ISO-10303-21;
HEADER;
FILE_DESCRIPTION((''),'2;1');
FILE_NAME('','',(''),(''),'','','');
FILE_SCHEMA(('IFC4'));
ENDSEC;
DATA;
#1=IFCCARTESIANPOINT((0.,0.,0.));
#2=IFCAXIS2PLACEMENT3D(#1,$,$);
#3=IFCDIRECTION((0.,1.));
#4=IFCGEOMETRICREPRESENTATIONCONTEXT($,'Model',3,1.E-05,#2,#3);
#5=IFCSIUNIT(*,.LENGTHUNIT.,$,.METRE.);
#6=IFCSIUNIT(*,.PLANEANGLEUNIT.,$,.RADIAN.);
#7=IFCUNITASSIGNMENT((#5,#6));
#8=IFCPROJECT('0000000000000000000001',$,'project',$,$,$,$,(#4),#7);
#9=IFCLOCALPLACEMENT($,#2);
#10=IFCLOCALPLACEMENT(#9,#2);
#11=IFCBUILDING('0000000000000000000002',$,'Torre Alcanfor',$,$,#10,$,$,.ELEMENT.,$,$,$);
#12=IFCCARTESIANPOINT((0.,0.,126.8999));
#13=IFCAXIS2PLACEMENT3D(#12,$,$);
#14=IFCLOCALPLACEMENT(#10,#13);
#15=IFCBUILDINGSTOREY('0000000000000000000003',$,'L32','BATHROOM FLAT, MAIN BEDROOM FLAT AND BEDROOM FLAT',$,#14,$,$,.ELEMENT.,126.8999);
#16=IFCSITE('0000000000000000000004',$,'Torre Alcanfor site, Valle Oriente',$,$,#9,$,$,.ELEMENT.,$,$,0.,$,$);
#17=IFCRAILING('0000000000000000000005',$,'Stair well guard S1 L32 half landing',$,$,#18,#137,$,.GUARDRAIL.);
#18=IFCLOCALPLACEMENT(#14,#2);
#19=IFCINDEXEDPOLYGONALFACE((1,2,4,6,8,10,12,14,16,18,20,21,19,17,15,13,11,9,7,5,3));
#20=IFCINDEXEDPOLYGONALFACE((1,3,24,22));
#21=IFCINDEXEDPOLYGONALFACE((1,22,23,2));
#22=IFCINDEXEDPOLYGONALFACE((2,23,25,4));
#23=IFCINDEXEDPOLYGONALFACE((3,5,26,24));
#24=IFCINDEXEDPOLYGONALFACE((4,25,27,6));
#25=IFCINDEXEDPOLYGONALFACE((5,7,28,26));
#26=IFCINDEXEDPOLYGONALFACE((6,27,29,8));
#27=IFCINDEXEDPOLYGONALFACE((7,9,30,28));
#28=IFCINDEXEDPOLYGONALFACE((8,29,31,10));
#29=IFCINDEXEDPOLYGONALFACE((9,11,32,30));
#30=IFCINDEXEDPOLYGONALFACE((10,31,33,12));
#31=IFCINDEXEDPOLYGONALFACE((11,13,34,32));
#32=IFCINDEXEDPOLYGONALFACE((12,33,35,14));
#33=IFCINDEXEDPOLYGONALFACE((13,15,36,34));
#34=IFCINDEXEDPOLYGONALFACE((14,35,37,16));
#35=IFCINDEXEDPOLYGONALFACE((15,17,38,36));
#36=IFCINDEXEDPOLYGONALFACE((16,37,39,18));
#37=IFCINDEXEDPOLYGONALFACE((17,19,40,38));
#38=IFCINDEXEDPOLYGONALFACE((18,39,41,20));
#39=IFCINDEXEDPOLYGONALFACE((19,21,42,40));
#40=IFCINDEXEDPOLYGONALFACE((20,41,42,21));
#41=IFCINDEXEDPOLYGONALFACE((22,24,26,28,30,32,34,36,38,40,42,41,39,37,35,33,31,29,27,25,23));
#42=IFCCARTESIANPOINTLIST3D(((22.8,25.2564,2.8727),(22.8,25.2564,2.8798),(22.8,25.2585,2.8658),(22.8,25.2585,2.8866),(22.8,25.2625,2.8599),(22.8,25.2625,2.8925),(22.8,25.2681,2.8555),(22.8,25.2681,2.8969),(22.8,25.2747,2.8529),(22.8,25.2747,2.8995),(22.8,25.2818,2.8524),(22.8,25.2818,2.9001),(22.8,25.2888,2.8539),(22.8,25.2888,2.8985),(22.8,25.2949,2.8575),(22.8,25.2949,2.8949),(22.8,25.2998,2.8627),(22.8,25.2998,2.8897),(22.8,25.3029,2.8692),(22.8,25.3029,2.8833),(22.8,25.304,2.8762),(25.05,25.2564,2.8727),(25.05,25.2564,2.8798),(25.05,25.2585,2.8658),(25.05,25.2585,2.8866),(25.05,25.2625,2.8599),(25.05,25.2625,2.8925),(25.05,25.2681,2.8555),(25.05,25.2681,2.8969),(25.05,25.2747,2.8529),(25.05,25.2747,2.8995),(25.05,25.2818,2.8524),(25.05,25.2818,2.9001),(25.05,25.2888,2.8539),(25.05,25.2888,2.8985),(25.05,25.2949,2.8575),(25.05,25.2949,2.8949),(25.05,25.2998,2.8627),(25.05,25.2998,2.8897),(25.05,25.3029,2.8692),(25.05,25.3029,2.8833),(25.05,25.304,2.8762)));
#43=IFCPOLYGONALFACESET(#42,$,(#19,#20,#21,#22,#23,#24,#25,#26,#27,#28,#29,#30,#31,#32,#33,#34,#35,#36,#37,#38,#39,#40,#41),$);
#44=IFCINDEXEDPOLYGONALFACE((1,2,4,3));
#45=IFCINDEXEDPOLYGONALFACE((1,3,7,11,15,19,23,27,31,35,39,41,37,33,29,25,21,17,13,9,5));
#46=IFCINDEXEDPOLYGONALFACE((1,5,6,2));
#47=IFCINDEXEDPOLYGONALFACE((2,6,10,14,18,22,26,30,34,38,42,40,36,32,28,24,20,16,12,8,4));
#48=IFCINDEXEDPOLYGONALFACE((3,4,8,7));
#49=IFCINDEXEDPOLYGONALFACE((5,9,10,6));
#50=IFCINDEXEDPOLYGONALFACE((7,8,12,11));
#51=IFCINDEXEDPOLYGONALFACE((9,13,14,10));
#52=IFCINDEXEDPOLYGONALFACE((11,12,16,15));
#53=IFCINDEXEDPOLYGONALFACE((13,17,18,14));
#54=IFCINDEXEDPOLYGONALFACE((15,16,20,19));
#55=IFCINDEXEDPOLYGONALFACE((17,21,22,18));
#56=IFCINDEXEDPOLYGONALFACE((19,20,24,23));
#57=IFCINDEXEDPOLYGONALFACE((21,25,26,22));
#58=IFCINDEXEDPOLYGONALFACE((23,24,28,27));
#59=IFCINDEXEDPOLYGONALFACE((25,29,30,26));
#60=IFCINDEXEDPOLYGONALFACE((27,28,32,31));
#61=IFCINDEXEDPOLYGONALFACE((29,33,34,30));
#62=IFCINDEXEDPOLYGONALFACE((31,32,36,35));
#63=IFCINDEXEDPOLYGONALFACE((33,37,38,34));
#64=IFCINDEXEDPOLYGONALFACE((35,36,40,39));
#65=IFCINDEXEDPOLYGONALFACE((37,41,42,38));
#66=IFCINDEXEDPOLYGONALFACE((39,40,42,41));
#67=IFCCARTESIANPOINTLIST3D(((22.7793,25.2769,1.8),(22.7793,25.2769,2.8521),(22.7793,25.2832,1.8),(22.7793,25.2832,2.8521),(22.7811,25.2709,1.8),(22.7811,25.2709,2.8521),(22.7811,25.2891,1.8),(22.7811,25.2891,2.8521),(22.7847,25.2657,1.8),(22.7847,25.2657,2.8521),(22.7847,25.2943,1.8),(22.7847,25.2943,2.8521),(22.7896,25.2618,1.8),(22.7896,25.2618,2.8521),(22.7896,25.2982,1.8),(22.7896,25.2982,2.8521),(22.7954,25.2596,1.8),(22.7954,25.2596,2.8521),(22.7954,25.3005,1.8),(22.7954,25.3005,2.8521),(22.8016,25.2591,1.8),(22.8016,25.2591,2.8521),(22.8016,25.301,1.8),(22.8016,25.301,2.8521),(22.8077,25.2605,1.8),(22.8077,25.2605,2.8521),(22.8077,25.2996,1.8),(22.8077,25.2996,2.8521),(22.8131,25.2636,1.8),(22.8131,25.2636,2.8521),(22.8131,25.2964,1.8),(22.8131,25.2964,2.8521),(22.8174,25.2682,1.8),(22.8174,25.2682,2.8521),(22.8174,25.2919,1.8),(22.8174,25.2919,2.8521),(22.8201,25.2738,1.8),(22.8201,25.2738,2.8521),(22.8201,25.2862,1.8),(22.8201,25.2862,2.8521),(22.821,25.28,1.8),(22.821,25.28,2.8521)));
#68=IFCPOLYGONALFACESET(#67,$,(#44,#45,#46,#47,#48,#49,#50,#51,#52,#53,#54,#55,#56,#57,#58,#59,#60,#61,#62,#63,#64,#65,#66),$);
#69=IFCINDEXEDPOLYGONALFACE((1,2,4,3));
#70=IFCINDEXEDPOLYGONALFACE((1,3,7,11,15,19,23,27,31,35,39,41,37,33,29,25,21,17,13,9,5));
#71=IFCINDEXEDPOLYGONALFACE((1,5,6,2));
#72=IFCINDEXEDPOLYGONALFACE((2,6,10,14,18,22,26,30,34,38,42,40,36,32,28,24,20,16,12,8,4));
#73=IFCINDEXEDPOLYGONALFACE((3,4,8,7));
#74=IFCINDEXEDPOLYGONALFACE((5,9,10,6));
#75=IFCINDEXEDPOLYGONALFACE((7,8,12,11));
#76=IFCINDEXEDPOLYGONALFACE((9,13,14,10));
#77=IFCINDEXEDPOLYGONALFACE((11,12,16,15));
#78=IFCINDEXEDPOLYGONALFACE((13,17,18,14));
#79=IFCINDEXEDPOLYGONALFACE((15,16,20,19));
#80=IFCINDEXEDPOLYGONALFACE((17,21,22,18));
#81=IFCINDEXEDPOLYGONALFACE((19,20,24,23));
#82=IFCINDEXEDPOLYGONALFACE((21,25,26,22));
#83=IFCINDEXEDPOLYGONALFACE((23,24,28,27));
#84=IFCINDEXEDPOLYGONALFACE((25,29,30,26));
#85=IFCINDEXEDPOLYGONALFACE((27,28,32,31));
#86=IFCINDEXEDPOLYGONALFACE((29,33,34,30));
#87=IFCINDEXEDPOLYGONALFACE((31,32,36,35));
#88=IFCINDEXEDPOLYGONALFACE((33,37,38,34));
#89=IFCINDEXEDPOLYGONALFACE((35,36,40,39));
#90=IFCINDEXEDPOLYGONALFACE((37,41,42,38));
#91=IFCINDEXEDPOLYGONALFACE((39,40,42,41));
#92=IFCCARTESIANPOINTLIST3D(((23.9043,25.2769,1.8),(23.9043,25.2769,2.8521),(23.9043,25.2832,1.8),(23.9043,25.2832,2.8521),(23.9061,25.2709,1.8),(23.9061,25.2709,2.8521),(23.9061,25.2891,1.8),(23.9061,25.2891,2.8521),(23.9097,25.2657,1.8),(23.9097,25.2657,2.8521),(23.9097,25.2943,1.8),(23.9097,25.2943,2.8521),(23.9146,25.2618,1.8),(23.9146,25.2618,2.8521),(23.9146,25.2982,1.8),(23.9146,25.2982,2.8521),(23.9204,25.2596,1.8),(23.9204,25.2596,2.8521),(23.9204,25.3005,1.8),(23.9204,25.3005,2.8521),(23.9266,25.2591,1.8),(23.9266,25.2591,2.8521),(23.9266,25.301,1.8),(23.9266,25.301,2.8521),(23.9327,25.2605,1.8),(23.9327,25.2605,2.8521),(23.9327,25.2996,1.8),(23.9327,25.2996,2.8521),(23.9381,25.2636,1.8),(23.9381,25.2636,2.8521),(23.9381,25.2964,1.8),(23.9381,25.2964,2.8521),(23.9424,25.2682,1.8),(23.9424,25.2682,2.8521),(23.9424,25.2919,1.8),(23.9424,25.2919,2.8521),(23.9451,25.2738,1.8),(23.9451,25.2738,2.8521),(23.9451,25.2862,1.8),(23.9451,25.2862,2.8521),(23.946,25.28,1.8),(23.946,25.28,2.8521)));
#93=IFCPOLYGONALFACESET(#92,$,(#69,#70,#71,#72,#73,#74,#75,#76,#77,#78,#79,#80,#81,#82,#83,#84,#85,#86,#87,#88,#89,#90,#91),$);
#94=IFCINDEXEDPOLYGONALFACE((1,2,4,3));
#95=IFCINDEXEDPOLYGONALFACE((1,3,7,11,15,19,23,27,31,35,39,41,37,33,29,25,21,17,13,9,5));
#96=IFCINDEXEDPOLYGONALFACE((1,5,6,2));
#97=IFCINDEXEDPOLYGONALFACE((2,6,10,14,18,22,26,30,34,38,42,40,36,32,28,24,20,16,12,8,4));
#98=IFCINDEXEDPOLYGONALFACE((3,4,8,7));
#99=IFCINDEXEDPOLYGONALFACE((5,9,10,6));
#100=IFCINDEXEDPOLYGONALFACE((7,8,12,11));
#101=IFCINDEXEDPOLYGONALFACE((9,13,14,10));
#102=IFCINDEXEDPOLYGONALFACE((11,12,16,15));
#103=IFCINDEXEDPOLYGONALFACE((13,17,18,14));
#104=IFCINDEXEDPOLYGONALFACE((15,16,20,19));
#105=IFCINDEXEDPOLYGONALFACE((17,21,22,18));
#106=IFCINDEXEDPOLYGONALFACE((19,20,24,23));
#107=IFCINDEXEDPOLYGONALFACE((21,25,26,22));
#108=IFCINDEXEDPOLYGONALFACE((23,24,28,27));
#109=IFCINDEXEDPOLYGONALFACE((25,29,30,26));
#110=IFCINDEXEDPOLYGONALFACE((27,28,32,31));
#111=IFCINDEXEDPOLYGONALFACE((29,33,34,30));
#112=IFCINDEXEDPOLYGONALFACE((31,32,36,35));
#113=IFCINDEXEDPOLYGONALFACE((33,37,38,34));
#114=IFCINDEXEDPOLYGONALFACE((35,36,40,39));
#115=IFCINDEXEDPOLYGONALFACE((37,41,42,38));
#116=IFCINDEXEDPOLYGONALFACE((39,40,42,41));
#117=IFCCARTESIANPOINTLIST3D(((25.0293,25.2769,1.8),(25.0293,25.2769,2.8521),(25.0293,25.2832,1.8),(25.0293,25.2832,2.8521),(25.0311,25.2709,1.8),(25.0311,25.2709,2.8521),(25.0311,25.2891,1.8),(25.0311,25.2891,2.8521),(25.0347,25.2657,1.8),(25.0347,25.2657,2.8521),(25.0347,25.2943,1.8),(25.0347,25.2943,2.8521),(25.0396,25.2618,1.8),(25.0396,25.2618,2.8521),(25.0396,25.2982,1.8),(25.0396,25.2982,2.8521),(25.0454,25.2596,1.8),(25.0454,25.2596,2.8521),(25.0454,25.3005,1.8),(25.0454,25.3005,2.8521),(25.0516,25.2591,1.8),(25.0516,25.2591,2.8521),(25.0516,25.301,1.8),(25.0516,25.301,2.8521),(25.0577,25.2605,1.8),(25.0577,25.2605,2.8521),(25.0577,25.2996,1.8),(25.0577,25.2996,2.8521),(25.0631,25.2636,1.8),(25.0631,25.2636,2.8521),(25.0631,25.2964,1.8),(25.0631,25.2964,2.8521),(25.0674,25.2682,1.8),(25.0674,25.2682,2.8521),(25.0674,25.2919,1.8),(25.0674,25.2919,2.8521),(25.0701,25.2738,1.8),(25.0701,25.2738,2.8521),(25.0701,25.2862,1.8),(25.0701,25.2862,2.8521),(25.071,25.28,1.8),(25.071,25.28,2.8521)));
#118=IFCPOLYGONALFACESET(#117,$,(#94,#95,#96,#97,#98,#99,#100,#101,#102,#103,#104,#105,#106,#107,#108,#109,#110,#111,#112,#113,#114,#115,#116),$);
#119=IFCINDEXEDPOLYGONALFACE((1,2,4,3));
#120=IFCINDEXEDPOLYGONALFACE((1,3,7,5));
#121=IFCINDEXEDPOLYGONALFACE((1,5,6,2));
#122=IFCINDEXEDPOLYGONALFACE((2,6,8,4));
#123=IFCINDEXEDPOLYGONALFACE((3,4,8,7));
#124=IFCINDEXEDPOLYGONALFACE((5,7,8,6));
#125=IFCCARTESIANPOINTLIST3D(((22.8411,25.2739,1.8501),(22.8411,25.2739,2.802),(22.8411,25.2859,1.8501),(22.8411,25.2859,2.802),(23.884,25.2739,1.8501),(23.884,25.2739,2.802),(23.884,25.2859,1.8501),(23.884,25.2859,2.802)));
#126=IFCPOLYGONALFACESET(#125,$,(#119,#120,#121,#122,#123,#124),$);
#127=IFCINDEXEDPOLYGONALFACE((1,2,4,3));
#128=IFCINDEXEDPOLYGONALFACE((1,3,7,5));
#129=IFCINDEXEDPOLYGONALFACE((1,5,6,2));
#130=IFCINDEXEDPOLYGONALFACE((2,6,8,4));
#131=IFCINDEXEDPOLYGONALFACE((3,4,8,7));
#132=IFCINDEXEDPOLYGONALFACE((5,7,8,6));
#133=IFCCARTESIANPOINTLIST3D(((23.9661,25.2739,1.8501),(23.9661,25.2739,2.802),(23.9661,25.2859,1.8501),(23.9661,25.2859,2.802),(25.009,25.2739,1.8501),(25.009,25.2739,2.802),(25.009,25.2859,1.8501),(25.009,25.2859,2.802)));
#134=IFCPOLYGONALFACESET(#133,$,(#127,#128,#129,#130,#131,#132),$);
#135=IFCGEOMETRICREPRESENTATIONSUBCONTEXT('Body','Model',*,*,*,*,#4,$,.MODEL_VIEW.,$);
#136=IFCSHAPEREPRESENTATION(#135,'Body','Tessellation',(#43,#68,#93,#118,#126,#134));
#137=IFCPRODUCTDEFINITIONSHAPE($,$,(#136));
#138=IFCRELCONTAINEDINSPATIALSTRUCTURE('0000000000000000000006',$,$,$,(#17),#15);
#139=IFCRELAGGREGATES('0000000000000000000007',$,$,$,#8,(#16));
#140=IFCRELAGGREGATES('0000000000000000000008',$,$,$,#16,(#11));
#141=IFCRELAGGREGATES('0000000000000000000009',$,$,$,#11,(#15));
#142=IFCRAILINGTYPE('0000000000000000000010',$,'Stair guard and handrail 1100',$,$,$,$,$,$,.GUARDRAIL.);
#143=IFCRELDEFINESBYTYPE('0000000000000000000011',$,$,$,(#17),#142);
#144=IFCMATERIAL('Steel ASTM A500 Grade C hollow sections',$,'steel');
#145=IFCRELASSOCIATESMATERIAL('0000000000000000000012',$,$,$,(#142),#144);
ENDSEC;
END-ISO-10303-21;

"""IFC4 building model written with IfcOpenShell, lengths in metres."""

from ifc_helpers import new_model, si_unit, direction, frame, origin, origin_2d, place, context, subcontext, project, spatial, polyline, circle, outline, extrude, material, type_object, element, save


model = new_model("IFC4")

# Units and contexts
model_context = context("Model", 3, precision=1e-05, world=origin(), true_north=direction((0.0, 1.0)))
body_context = subcontext(model_context, "Body", "Model", "MODEL_VIEW")
ifc_project = project(units=[si_unit("LENGTHUNIT", "METRE"), si_unit("PLANEANGLEUNIT", "RADIAN")], contexts=[model_context])

# Site, building, storey
site_placement = place(None, origin())
site = spatial("IfcSite", under=ifc_project, at=site_placement, Name="Torre Alcanfor site, Valle Oriente", CompositionType="ELEMENT", RefElevation=0.0)
building_placement = place(site_placement, origin())
building = spatial("IfcBuilding", under=site, at=building_placement, Name="Torre Alcanfor", CompositionType="ELEMENT")
storey_placement = place(building_placement, frame((0.0, 0.0, 126.8999)))
storey = spatial("IfcBuildingStorey", under=building, at=storey_placement, Name="L32", Description="BATHROOM FLAT, MAIN BEDROOM FLAT AND BEDROOM FLAT", CompositionType="ELEMENT", Elevation=126.8999)

# Railing
ifc_material_1 = material(Name="Steel ASTM A500 Grade C hollow sections", Category="steel")
railing_type_1 = type_object("IfcRailingType", Name="Stair guard and handrail 1100", PredefinedType="GUARDRAIL", material=ifc_material_1)
railing_1_placement = place(storey_placement, frame((22.8, 25.28, 1.8)))
element("IfcRailing", 1, at=railing_1_placement, inside=storey, type_object=railing_type_1, Name="Stair well guard S1 L32 half landing", PredefinedType="GUARDRAIL", context=body_context, shape_type="SweptSolid", body=[
    extrude(circle(Radius=0.0239, at=origin_2d()), frame((0.0, 0.0, 1.0762), z_axis=(1.0, 0.0, 0.0), x_axis=(0.0, 1.0, 0.0)), (0.0, 0.0, 1.0), 2.25),
    extrude(circle(Radius=0.021, at=origin_2d()), origin(), (0.0, 0.0, 1.0), 1.052),
    extrude(circle(Radius=0.021, at=origin_2d()), frame((1.125, 0.0, 0.0)), (0.0, 0.0, 1.0), 1.052),
    extrude(circle(Radius=0.021, at=origin_2d()), frame((2.25, 0.0, 0.0)), (0.0, 0.0, 1.0), 1.052),
    extrude(outline(polyline([(0.041, 0.05), (1.084, 0.05), (1.084, 1.002), (0.041, 1.002), (0.041, 0.05)])), frame((0.0, 0.0059, 0.0), z_axis=(0.0, -1.0, 0.0), x_axis=(1.0, 0.0, 0.0)), (0.0, 0.0, 1.0), 0.012),
    extrude(outline(polyline([(1.166, 0.05), (2.209, 0.05), (2.209, 1.002), (1.166, 1.002), (1.166, 0.05)])), frame((0.0, 0.0059, 0.0), z_axis=(0.0, -1.0, 0.0), x_axis=(1.0, 0.0, 0.0)), (0.0, 0.0, 1.0), 0.012),
])

save(model, "model.ifc")
